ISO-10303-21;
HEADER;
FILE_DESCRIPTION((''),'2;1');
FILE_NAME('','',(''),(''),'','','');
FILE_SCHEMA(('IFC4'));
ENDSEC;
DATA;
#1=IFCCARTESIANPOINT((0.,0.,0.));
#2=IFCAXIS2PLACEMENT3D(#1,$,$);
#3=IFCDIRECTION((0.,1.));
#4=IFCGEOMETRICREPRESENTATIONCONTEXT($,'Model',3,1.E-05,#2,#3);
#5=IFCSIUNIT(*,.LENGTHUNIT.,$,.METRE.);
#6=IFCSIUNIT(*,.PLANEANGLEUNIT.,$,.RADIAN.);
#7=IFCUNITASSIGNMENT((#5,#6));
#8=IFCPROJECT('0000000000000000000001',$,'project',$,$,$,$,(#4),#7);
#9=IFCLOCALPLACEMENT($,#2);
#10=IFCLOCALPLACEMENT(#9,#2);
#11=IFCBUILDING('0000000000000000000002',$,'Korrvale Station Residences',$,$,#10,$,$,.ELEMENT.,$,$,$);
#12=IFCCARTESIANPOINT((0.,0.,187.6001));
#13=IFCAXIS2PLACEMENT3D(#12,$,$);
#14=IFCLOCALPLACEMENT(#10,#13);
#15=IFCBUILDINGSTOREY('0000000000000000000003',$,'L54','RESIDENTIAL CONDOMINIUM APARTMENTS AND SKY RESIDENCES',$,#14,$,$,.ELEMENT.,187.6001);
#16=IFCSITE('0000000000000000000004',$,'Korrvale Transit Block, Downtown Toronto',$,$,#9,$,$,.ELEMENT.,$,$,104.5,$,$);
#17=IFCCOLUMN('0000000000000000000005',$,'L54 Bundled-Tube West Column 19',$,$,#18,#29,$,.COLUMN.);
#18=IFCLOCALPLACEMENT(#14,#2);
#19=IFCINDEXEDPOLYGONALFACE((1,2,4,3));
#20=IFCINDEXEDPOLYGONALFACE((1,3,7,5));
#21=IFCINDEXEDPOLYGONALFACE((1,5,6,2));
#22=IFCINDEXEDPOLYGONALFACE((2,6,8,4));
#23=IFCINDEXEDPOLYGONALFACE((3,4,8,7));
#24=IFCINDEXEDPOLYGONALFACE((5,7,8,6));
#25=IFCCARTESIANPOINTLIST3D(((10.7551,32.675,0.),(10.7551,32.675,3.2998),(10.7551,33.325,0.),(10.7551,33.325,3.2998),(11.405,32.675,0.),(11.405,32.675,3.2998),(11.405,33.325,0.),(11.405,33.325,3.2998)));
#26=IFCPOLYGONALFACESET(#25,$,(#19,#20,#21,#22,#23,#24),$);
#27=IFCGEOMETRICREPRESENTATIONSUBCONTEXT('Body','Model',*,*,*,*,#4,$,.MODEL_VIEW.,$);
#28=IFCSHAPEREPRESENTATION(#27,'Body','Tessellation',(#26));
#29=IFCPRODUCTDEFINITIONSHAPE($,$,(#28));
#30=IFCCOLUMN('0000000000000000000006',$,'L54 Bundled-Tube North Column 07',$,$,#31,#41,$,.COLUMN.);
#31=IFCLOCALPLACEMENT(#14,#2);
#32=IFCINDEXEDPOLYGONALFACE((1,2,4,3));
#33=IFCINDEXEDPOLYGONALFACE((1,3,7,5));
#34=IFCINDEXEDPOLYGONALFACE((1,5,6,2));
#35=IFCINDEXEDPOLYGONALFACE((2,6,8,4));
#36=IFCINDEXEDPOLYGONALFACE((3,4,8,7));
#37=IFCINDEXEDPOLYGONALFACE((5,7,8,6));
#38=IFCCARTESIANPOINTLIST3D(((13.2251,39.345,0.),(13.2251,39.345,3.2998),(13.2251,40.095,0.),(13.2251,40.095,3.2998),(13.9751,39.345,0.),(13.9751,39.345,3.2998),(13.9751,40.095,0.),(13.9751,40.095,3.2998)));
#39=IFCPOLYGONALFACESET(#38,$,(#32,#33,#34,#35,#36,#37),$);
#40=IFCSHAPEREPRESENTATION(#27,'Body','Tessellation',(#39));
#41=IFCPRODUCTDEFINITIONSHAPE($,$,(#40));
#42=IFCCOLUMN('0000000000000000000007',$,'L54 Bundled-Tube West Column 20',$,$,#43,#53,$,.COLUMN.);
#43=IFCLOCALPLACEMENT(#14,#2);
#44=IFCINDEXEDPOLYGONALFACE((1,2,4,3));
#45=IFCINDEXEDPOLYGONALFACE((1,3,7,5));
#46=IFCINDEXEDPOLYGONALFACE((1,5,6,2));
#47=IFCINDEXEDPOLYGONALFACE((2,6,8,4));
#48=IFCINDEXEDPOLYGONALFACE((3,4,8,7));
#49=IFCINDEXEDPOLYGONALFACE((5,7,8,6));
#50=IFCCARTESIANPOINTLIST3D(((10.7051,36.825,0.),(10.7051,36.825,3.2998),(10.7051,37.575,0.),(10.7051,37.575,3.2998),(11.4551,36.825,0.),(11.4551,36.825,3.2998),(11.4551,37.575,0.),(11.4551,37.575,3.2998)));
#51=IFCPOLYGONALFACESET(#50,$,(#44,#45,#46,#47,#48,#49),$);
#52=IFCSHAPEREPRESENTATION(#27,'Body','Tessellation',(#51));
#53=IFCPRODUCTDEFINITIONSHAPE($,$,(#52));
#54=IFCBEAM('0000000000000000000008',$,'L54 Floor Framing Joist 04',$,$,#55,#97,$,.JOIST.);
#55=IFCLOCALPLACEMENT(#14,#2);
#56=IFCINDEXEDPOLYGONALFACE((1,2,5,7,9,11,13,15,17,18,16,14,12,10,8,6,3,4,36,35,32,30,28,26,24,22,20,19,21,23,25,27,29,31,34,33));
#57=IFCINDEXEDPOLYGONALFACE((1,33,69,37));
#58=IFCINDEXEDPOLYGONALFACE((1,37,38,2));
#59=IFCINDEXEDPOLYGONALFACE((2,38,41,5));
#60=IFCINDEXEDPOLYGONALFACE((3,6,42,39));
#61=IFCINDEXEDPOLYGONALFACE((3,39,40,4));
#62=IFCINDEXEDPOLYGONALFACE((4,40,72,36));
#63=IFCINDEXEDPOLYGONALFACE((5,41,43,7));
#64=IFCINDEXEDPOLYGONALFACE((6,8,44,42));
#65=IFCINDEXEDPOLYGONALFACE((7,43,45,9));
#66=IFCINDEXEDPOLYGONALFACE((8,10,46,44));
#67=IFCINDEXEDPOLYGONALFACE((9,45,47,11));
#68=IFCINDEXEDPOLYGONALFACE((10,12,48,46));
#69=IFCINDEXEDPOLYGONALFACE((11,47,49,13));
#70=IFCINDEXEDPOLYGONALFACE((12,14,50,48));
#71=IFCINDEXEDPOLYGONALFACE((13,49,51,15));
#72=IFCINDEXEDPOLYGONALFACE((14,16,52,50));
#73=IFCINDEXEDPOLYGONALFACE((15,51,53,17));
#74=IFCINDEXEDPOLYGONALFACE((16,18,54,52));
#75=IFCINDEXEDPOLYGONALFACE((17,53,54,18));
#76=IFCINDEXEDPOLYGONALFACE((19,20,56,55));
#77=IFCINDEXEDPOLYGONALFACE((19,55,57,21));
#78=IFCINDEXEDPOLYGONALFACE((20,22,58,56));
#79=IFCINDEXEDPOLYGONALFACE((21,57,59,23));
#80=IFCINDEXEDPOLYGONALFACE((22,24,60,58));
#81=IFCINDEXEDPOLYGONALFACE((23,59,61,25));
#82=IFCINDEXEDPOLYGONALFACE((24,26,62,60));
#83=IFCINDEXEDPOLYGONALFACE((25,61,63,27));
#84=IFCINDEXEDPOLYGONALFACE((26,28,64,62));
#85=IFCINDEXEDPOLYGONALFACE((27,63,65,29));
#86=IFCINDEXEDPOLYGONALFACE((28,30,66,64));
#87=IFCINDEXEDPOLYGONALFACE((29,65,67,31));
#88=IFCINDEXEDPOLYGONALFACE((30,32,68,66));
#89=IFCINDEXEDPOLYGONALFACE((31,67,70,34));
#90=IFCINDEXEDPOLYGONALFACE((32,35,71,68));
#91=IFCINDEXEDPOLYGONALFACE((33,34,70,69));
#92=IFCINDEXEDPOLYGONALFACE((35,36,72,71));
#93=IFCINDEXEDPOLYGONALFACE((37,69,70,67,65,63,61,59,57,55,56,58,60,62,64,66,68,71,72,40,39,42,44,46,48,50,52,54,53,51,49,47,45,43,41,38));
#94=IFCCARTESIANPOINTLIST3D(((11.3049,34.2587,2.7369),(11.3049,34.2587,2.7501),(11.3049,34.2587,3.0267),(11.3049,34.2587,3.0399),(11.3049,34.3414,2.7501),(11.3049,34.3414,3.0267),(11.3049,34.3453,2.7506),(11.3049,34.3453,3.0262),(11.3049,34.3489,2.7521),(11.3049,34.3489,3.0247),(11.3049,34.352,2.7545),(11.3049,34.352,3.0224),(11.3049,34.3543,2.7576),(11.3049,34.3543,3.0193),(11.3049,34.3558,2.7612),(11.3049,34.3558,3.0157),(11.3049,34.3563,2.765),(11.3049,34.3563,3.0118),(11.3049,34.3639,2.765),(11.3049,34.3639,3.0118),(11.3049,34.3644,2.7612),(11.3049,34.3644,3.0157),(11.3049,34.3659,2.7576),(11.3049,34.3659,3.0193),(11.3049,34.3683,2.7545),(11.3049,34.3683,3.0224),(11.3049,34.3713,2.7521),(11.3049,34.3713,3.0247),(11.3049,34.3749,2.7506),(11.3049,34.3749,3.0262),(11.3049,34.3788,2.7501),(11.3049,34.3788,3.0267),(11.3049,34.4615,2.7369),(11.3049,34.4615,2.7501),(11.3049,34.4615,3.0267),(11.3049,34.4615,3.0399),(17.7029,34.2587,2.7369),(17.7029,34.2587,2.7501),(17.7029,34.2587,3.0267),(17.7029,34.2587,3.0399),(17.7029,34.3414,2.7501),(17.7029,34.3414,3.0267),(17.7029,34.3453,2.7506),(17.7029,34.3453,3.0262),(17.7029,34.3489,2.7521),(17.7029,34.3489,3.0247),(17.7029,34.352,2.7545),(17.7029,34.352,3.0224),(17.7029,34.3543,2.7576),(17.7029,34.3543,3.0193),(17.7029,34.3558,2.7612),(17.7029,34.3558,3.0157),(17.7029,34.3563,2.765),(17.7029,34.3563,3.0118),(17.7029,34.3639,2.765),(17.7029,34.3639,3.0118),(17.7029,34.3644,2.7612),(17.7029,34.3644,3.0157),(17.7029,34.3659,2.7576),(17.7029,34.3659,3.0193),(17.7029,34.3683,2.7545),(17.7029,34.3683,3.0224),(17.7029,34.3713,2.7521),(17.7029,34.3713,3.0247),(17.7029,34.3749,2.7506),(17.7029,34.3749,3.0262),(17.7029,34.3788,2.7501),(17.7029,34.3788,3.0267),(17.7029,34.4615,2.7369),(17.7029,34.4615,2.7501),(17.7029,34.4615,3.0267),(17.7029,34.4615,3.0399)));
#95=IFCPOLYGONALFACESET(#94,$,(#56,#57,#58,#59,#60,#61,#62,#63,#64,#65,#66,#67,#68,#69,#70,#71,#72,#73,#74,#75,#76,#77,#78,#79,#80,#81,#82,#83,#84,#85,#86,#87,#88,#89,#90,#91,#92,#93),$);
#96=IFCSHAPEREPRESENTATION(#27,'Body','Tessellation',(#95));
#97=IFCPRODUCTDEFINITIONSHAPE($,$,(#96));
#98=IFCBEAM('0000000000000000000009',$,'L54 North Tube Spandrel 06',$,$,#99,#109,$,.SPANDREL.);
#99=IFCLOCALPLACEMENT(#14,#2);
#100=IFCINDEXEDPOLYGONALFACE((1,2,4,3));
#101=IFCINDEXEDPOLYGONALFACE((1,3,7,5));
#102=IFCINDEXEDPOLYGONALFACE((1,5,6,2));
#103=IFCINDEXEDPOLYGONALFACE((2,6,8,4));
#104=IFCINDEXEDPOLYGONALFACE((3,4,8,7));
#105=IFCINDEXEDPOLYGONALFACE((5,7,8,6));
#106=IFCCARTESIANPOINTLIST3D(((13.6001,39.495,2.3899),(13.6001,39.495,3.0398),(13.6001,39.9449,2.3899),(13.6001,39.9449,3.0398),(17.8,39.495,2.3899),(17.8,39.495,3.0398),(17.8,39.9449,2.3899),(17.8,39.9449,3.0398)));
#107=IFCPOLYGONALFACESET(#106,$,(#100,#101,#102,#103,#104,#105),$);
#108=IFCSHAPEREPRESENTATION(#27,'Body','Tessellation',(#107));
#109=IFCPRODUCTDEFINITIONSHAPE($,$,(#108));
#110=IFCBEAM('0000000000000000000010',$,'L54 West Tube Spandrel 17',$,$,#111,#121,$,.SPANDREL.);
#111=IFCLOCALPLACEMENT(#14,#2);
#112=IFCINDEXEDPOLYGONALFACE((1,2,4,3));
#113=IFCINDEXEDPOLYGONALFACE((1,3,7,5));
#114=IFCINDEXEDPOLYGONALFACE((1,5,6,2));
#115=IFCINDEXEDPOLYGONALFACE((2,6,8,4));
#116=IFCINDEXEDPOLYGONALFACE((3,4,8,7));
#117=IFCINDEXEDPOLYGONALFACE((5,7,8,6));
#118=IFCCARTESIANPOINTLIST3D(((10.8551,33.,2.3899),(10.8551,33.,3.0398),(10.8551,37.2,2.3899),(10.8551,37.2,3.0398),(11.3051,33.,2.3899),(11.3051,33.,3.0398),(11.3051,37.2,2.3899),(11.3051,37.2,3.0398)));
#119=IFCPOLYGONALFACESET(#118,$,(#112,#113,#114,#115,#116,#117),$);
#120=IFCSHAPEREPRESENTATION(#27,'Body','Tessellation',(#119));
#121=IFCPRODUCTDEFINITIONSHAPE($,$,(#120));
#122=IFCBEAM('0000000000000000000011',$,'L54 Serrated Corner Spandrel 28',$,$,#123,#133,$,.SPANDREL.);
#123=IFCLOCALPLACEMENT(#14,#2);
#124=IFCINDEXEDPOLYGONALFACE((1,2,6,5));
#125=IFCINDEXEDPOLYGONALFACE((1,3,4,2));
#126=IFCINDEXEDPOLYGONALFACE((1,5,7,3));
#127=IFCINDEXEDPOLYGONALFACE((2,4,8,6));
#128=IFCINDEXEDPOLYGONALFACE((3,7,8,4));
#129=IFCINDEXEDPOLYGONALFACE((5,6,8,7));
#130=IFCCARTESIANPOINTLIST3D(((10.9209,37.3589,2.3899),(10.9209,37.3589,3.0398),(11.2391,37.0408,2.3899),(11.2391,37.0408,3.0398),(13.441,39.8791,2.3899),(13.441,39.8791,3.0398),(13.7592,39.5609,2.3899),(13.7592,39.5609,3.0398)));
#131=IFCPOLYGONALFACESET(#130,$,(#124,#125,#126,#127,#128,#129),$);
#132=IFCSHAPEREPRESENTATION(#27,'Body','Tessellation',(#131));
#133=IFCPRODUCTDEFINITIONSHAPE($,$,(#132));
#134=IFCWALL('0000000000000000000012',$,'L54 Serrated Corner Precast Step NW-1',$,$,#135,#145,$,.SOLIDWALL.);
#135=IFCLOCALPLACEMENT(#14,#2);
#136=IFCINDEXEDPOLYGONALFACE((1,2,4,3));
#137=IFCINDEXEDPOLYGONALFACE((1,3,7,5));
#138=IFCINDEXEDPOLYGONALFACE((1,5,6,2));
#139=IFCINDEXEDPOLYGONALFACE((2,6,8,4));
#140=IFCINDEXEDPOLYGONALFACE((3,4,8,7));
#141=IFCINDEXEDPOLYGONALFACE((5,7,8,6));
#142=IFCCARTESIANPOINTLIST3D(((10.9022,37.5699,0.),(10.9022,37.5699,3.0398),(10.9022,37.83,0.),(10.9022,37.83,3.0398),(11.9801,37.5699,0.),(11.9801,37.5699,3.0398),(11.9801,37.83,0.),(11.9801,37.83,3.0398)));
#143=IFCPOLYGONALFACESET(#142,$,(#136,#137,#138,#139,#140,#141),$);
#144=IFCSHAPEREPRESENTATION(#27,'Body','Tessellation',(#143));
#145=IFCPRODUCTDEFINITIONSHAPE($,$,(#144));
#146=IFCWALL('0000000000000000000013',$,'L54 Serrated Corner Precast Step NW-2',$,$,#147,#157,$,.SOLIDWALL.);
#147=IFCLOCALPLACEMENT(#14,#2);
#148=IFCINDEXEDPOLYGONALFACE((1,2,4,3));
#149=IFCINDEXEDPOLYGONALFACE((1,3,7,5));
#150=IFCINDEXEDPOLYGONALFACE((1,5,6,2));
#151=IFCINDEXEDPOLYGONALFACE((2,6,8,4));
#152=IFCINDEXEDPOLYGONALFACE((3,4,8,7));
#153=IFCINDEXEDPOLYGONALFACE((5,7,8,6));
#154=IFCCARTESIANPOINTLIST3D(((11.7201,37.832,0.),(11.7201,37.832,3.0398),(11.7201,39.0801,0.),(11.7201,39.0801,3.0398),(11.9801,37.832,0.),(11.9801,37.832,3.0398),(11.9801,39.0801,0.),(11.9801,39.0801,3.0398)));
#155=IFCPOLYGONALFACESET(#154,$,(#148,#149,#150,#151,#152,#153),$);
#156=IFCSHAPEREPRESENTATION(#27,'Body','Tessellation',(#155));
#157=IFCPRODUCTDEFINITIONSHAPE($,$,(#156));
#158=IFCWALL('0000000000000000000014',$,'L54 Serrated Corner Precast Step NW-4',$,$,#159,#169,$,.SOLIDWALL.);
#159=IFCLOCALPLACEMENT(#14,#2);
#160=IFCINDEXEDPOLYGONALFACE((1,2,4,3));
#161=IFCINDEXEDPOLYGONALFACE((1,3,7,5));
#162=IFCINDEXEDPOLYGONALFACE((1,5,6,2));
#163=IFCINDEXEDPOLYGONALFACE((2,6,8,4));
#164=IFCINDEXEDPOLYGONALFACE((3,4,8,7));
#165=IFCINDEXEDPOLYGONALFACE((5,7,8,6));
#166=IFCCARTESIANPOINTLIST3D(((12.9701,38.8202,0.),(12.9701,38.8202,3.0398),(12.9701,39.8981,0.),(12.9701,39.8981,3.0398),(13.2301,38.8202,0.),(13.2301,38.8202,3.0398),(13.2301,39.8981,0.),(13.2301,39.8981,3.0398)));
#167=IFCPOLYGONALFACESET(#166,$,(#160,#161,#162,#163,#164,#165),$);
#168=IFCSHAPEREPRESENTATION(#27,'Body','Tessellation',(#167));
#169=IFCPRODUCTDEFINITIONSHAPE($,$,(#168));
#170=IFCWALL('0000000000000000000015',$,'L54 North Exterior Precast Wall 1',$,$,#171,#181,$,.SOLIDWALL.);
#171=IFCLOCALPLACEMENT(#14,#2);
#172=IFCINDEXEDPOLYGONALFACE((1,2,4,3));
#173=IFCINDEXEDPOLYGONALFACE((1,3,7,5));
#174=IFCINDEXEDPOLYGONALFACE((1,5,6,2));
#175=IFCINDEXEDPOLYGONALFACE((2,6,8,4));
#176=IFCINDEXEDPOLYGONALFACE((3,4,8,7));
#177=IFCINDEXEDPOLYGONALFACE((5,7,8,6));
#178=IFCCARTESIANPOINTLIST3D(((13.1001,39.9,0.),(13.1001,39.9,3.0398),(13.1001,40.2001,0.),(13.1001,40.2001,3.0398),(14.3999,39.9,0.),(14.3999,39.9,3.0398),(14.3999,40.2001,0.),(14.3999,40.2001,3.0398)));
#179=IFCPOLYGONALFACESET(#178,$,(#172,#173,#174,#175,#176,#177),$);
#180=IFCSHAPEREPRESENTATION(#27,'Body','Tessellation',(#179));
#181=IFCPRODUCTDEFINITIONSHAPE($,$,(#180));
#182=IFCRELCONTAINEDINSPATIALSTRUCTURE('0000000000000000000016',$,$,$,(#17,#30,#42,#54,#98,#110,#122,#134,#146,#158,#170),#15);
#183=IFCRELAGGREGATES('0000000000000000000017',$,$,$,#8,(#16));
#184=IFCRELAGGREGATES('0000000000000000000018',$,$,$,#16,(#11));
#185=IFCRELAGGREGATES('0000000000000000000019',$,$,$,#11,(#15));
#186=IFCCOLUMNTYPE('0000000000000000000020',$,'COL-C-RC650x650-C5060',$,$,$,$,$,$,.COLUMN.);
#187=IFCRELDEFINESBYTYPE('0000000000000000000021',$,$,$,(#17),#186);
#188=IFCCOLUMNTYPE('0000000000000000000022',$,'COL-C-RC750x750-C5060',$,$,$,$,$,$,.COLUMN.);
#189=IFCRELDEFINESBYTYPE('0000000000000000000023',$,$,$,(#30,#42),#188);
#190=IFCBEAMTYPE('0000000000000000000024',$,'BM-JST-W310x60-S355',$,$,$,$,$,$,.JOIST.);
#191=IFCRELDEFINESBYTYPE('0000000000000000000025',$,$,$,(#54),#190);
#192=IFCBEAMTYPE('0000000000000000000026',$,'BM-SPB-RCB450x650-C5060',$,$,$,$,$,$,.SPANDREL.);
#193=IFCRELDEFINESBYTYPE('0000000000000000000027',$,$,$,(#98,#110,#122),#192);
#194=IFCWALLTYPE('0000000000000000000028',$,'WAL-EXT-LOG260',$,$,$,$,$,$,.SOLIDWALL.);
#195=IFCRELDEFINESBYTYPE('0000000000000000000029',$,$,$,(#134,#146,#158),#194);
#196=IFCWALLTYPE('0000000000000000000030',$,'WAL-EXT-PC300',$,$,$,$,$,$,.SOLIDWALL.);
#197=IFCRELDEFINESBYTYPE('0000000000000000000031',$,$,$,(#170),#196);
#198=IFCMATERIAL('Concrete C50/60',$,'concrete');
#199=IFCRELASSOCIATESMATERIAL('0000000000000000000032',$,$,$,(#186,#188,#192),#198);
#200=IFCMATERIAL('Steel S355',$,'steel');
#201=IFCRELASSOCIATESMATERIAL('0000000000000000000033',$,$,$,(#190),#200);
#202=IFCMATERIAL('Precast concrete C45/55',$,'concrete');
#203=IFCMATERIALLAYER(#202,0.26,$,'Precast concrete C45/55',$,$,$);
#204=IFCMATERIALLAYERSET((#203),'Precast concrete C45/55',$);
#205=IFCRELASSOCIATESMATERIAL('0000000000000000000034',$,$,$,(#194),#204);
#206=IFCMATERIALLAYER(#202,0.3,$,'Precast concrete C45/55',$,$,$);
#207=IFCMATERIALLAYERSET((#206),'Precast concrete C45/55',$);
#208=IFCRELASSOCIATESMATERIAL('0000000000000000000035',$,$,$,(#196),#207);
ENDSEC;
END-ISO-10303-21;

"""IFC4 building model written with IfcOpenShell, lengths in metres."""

from ifc_helpers import new_model, si_unit, direction, frame, frame_2d, origin, origin_2d, place, context, subcontext, project, spatial, rectangle, i_section, extrude, material, layer, layer_set, material_profile, profile_set, type_object, element, save


model = new_model("IFC4")

# Units and contexts
model_context = context("Model", 3, precision=1e-05, world=origin(), true_north=direction((0.0, 1.0)))
body_context = subcontext(model_context, "Body", "Model", "MODEL_VIEW")
ifc_project = project(units=[si_unit("LENGTHUNIT", "METRE"), si_unit("PLANEANGLEUNIT", "RADIAN")], contexts=[model_context])

# Site, building, storey
site_placement = place(None, origin())
site = spatial("IfcSite", under=ifc_project, at=site_placement, Name="Korrvale Transit Block, Downtown Toronto", CompositionType="ELEMENT", RefElevation=104.5)
building_placement = place(site_placement, origin())
building = spatial("IfcBuilding", under=site, at=building_placement, Name="Korrvale Station Residences", CompositionType="ELEMENT")
storey_placement = place(building_placement, frame((0.0, 0.0, 187.6001)))
storey = spatial("IfcBuildingStorey", under=building, at=storey_placement, Name="L54", Description="RESIDENTIAL CONDOMINIUM APARTMENTS AND SKY RESIDENCES", CompositionType="ELEMENT", Elevation=187.6001)

# Columns
ifc_material_1 = material(Name="Concrete C50/60", Category="concrete")
ifc_material_profile_1 = material_profile(ifc_material_1, rectangle(XDim=0.6499, YDim=0.6499, at=origin_2d()), Name="RC650x650")
ifc_profile_set_1 = profile_set([ifc_material_profile_1], Name="Concrete C50/60")
column_type_1 = type_object("IfcColumnType", Name="COL-C-RC650x650-C5060", PredefinedType="COLUMN", material=ifc_profile_set_1)
column_placement = place(storey_placement, frame((11.0801, 33.0, 0.0), z_axis=(0.0, 0.0, 1.0), x_axis=(1.0, 0.0, 0.0)))
element("IfcColumn", 1, at=column_placement, inside=storey, type_object=column_type_1, Name="L54 Bundled-Tube West Column 19", PredefinedType="COLUMN", context=body_context, shape_type="SweptSolid", body=[
    extrude(rectangle(XDim=0.6499, YDim=0.6499, at=origin_2d()), origin(), (0.0, 0.0, 1.0), 3.2998),
])
ifc_material_profile_2 = material_profile(ifc_material_1, rectangle(XDim=0.75, YDim=0.75, at=origin_2d()), Name="RC750x750")
ifc_profile_set_2 = profile_set([ifc_material_profile_2], Name="Concrete C50/60")
column_type_2 = type_object("IfcColumnType", Name="COL-C-RC750x750-C5060", PredefinedType="COLUMN", material=ifc_profile_set_2)
for number, where, z_axis, x_axis, name in (
    (2, (13.6001, 39.72, 0.0), (0.0, 0.0, 1.0), (1.0, 0.0, 0.0), "L54 Bundled-Tube North Column 07"),
    (3, (11.0801, 37.2, 0.0), (0.0, 0.0, 1.0), (1.0, 0.0, 0.0), "L54 Bundled-Tube West Column 20"),
):
    element("IfcColumn", number, at=place(storey_placement, frame(where, z_axis=z_axis, x_axis=x_axis)), inside=storey, type_object=column_type_2, Name=name, PredefinedType="COLUMN", context=body_context, shape_type="SweptSolid", body=[
        extrude(rectangle(XDim=0.75, YDim=0.75, at=origin_2d()), origin(), (0.0, 0.0, 1.0), 3.2998),
    ])

# Beams
ifc_material_2 = material(Name="Steel S355", Category="steel")
ifc_material_profile_3 = material_profile(ifc_material_2, i_section(OverallWidth=0.2029, OverallDepth=0.303, WebThickness=0.0076, FlangeThickness=0.0132, FilletRadius=0.0149, at=origin_2d()), Name="W310x60")
ifc_profile_set_3 = profile_set([ifc_material_profile_3], Name="Steel S355")
beam_type_1 = type_object("IfcBeamType", Name="BM-JST-W310x60-S355", PredefinedType="JOIST", material=ifc_profile_set_3)
beam_1_placement = place(storey_placement, frame((11.3049, 34.3601, 2.8884), z_axis=(1.0, 0.0, 0.0), x_axis=(0.0, 1.0, 0.0)))
element("IfcBeam", 4, at=beam_1_placement, inside=storey, type_object=beam_type_1, Name="L54 Floor Framing Joist 04", PredefinedType="JOIST", context=body_context, shape_type="SweptSolid", body=[
    extrude(i_section(OverallWidth=0.2029, OverallDepth=0.303, WebThickness=0.0076, FlangeThickness=0.0132, FilletRadius=0.0149, at=origin_2d()), origin(), (0.0, 0.0, 1.0), 6.3979),
])
ifc_material_profile_4 = material_profile(ifc_material_1, rectangle(XDim=0.45, YDim=0.6499, at=origin_2d()), Name="RCB450x650")
ifc_profile_set_4 = profile_set([ifc_material_profile_4], Name="Concrete C50/60")
beam_type_2 = type_object("IfcBeamType", Name="BM-SPB-RCB450x650-C5060", PredefinedType="SPANDREL", material=ifc_profile_set_4)
for number, where, z_axis, x_axis, name in (
    (5, (13.6001, 39.72, 2.7148), (1.0, 0.0, 0.0), (0.0, 1.0, 0.0), "L54 North Tube Spandrel 06"),
    (6, (11.0801, 33.0, 2.7148), (0.0, 1.0, 0.0), (-1.0, 0.0, 0.0), "L54 West Tube Spandrel 17"),
):
    element("IfcBeam", number, at=place(storey_placement, frame(where, z_axis=z_axis, x_axis=x_axis)), inside=storey, type_object=beam_type_2, Name=name, PredefinedType="SPANDREL", context=body_context, shape_type="SweptSolid", body=[
        extrude(rectangle(XDim=0.45, YDim=0.6499, at=origin_2d()), origin(), (0.0, 0.0, 1.0), 4.2),
    ])
beam_2_placement = place(storey_placement, frame((13.6001, 39.72, 2.7148), z_axis=(-0.707107, -0.707107, 0.0), x_axis=(0.707107, -0.707107, 0.0)))
element("IfcBeam", 7, at=beam_2_placement, inside=storey, type_object=beam_type_2, Name="L54 Serrated Corner Spandrel 28", PredefinedType="SPANDREL", context=body_context, shape_type="SweptSolid", body=[
    extrude(rectangle(XDim=0.45, YDim=0.6499, at=origin_2d()), origin(), (0.0, 0.0, 1.0), 3.564),
])

# Walls
ifc_material_3 = material(Name="Precast concrete C45/55", Category="concrete")
ifc_layer_1 = layer(ifc_material_3, 0.26, Name="Precast concrete C45/55")
ifc_layer_set_1 = layer_set([ifc_layer_1], Name="Precast concrete C45/55")
wall_type_1 = type_object("IfcWallType", Name="WAL-EXT-LOG260", PredefinedType="SOLIDWALL", material=ifc_layer_set_1)
wall_1_placement = place(storey_placement, frame((10.9021, 37.7, 0.0), z_axis=(0.0, 0.0, 1.0), x_axis=(1.0, 0.0, 0.0)))
element("IfcWall", 8, at=wall_1_placement, inside=storey, type_object=wall_type_1, Name="L54 Serrated Corner Precast Step NW-1", PredefinedType="SOLIDWALL", context=body_context, shape_type="SweptSolid", body=[
    extrude(rectangle(XDim=1.0779, YDim=0.26, at=frame_2d((0.5391, 0.0))), origin(), (0.0, 0.0, 1.0), 3.0398),
])
wall_2_placement = place(storey_placement, frame((11.8501, 37.832, 0.0), z_axis=(0.0, 0.0, 1.0), x_axis=(0.0, 1.0, 0.0)))
element("IfcWall", 9, at=wall_2_placement, inside=storey, type_object=wall_type_1, Name="L54 Serrated Corner Precast Step NW-2", PredefinedType="SOLIDWALL", context=body_context, shape_type="SweptSolid", body=[
    extrude(rectangle(XDim=1.248, YDim=0.26, at=frame_2d((0.624, 0.0))), origin(), (0.0, 0.0, 1.0), 3.0398),
])
wall_3_placement = place(storey_placement, frame((13.1001, 38.8201, 0.0), z_axis=(0.0, 0.0, 1.0), x_axis=(0.0, 1.0, 0.0)))
element("IfcWall", 10, at=wall_3_placement, inside=storey, type_object=wall_type_1, Name="L54 Serrated Corner Precast Step NW-4", PredefinedType="SOLIDWALL", context=body_context, shape_type="SweptSolid", body=[
    extrude(rectangle(XDim=1.0779, YDim=0.26, at=frame_2d((0.5391, 0.0))), origin(), (0.0, 0.0, 1.0), 3.0398),
])
ifc_layer_2 = layer(ifc_material_3, 0.3, Name="Precast concrete C45/55")
ifc_layer_set_2 = layer_set([ifc_layer_2], Name="Precast concrete C45/55")
wall_type_2 = type_object("IfcWallType", Name="WAL-EXT-PC300", PredefinedType="SOLIDWALL", material=ifc_layer_set_2)
wall_4_placement = place(storey_placement, frame((13.1001, 40.05, 0.0), z_axis=(0.0, 0.0, 1.0), x_axis=(1.0, 0.0, 0.0)))
element("IfcWall", 11, at=wall_4_placement, inside=storey, type_object=wall_type_2, Name="L54 North Exterior Precast Wall 1", PredefinedType="SOLIDWALL", context=body_context, shape_type="SweptSolid", body=[
    extrude(rectangle(XDim=1.2998, YDim=0.3, at=frame_2d((0.6499, 0.0))), origin(), (0.0, 0.0, 1.0), 3.0398),
])

save(model, "model.ifc")
